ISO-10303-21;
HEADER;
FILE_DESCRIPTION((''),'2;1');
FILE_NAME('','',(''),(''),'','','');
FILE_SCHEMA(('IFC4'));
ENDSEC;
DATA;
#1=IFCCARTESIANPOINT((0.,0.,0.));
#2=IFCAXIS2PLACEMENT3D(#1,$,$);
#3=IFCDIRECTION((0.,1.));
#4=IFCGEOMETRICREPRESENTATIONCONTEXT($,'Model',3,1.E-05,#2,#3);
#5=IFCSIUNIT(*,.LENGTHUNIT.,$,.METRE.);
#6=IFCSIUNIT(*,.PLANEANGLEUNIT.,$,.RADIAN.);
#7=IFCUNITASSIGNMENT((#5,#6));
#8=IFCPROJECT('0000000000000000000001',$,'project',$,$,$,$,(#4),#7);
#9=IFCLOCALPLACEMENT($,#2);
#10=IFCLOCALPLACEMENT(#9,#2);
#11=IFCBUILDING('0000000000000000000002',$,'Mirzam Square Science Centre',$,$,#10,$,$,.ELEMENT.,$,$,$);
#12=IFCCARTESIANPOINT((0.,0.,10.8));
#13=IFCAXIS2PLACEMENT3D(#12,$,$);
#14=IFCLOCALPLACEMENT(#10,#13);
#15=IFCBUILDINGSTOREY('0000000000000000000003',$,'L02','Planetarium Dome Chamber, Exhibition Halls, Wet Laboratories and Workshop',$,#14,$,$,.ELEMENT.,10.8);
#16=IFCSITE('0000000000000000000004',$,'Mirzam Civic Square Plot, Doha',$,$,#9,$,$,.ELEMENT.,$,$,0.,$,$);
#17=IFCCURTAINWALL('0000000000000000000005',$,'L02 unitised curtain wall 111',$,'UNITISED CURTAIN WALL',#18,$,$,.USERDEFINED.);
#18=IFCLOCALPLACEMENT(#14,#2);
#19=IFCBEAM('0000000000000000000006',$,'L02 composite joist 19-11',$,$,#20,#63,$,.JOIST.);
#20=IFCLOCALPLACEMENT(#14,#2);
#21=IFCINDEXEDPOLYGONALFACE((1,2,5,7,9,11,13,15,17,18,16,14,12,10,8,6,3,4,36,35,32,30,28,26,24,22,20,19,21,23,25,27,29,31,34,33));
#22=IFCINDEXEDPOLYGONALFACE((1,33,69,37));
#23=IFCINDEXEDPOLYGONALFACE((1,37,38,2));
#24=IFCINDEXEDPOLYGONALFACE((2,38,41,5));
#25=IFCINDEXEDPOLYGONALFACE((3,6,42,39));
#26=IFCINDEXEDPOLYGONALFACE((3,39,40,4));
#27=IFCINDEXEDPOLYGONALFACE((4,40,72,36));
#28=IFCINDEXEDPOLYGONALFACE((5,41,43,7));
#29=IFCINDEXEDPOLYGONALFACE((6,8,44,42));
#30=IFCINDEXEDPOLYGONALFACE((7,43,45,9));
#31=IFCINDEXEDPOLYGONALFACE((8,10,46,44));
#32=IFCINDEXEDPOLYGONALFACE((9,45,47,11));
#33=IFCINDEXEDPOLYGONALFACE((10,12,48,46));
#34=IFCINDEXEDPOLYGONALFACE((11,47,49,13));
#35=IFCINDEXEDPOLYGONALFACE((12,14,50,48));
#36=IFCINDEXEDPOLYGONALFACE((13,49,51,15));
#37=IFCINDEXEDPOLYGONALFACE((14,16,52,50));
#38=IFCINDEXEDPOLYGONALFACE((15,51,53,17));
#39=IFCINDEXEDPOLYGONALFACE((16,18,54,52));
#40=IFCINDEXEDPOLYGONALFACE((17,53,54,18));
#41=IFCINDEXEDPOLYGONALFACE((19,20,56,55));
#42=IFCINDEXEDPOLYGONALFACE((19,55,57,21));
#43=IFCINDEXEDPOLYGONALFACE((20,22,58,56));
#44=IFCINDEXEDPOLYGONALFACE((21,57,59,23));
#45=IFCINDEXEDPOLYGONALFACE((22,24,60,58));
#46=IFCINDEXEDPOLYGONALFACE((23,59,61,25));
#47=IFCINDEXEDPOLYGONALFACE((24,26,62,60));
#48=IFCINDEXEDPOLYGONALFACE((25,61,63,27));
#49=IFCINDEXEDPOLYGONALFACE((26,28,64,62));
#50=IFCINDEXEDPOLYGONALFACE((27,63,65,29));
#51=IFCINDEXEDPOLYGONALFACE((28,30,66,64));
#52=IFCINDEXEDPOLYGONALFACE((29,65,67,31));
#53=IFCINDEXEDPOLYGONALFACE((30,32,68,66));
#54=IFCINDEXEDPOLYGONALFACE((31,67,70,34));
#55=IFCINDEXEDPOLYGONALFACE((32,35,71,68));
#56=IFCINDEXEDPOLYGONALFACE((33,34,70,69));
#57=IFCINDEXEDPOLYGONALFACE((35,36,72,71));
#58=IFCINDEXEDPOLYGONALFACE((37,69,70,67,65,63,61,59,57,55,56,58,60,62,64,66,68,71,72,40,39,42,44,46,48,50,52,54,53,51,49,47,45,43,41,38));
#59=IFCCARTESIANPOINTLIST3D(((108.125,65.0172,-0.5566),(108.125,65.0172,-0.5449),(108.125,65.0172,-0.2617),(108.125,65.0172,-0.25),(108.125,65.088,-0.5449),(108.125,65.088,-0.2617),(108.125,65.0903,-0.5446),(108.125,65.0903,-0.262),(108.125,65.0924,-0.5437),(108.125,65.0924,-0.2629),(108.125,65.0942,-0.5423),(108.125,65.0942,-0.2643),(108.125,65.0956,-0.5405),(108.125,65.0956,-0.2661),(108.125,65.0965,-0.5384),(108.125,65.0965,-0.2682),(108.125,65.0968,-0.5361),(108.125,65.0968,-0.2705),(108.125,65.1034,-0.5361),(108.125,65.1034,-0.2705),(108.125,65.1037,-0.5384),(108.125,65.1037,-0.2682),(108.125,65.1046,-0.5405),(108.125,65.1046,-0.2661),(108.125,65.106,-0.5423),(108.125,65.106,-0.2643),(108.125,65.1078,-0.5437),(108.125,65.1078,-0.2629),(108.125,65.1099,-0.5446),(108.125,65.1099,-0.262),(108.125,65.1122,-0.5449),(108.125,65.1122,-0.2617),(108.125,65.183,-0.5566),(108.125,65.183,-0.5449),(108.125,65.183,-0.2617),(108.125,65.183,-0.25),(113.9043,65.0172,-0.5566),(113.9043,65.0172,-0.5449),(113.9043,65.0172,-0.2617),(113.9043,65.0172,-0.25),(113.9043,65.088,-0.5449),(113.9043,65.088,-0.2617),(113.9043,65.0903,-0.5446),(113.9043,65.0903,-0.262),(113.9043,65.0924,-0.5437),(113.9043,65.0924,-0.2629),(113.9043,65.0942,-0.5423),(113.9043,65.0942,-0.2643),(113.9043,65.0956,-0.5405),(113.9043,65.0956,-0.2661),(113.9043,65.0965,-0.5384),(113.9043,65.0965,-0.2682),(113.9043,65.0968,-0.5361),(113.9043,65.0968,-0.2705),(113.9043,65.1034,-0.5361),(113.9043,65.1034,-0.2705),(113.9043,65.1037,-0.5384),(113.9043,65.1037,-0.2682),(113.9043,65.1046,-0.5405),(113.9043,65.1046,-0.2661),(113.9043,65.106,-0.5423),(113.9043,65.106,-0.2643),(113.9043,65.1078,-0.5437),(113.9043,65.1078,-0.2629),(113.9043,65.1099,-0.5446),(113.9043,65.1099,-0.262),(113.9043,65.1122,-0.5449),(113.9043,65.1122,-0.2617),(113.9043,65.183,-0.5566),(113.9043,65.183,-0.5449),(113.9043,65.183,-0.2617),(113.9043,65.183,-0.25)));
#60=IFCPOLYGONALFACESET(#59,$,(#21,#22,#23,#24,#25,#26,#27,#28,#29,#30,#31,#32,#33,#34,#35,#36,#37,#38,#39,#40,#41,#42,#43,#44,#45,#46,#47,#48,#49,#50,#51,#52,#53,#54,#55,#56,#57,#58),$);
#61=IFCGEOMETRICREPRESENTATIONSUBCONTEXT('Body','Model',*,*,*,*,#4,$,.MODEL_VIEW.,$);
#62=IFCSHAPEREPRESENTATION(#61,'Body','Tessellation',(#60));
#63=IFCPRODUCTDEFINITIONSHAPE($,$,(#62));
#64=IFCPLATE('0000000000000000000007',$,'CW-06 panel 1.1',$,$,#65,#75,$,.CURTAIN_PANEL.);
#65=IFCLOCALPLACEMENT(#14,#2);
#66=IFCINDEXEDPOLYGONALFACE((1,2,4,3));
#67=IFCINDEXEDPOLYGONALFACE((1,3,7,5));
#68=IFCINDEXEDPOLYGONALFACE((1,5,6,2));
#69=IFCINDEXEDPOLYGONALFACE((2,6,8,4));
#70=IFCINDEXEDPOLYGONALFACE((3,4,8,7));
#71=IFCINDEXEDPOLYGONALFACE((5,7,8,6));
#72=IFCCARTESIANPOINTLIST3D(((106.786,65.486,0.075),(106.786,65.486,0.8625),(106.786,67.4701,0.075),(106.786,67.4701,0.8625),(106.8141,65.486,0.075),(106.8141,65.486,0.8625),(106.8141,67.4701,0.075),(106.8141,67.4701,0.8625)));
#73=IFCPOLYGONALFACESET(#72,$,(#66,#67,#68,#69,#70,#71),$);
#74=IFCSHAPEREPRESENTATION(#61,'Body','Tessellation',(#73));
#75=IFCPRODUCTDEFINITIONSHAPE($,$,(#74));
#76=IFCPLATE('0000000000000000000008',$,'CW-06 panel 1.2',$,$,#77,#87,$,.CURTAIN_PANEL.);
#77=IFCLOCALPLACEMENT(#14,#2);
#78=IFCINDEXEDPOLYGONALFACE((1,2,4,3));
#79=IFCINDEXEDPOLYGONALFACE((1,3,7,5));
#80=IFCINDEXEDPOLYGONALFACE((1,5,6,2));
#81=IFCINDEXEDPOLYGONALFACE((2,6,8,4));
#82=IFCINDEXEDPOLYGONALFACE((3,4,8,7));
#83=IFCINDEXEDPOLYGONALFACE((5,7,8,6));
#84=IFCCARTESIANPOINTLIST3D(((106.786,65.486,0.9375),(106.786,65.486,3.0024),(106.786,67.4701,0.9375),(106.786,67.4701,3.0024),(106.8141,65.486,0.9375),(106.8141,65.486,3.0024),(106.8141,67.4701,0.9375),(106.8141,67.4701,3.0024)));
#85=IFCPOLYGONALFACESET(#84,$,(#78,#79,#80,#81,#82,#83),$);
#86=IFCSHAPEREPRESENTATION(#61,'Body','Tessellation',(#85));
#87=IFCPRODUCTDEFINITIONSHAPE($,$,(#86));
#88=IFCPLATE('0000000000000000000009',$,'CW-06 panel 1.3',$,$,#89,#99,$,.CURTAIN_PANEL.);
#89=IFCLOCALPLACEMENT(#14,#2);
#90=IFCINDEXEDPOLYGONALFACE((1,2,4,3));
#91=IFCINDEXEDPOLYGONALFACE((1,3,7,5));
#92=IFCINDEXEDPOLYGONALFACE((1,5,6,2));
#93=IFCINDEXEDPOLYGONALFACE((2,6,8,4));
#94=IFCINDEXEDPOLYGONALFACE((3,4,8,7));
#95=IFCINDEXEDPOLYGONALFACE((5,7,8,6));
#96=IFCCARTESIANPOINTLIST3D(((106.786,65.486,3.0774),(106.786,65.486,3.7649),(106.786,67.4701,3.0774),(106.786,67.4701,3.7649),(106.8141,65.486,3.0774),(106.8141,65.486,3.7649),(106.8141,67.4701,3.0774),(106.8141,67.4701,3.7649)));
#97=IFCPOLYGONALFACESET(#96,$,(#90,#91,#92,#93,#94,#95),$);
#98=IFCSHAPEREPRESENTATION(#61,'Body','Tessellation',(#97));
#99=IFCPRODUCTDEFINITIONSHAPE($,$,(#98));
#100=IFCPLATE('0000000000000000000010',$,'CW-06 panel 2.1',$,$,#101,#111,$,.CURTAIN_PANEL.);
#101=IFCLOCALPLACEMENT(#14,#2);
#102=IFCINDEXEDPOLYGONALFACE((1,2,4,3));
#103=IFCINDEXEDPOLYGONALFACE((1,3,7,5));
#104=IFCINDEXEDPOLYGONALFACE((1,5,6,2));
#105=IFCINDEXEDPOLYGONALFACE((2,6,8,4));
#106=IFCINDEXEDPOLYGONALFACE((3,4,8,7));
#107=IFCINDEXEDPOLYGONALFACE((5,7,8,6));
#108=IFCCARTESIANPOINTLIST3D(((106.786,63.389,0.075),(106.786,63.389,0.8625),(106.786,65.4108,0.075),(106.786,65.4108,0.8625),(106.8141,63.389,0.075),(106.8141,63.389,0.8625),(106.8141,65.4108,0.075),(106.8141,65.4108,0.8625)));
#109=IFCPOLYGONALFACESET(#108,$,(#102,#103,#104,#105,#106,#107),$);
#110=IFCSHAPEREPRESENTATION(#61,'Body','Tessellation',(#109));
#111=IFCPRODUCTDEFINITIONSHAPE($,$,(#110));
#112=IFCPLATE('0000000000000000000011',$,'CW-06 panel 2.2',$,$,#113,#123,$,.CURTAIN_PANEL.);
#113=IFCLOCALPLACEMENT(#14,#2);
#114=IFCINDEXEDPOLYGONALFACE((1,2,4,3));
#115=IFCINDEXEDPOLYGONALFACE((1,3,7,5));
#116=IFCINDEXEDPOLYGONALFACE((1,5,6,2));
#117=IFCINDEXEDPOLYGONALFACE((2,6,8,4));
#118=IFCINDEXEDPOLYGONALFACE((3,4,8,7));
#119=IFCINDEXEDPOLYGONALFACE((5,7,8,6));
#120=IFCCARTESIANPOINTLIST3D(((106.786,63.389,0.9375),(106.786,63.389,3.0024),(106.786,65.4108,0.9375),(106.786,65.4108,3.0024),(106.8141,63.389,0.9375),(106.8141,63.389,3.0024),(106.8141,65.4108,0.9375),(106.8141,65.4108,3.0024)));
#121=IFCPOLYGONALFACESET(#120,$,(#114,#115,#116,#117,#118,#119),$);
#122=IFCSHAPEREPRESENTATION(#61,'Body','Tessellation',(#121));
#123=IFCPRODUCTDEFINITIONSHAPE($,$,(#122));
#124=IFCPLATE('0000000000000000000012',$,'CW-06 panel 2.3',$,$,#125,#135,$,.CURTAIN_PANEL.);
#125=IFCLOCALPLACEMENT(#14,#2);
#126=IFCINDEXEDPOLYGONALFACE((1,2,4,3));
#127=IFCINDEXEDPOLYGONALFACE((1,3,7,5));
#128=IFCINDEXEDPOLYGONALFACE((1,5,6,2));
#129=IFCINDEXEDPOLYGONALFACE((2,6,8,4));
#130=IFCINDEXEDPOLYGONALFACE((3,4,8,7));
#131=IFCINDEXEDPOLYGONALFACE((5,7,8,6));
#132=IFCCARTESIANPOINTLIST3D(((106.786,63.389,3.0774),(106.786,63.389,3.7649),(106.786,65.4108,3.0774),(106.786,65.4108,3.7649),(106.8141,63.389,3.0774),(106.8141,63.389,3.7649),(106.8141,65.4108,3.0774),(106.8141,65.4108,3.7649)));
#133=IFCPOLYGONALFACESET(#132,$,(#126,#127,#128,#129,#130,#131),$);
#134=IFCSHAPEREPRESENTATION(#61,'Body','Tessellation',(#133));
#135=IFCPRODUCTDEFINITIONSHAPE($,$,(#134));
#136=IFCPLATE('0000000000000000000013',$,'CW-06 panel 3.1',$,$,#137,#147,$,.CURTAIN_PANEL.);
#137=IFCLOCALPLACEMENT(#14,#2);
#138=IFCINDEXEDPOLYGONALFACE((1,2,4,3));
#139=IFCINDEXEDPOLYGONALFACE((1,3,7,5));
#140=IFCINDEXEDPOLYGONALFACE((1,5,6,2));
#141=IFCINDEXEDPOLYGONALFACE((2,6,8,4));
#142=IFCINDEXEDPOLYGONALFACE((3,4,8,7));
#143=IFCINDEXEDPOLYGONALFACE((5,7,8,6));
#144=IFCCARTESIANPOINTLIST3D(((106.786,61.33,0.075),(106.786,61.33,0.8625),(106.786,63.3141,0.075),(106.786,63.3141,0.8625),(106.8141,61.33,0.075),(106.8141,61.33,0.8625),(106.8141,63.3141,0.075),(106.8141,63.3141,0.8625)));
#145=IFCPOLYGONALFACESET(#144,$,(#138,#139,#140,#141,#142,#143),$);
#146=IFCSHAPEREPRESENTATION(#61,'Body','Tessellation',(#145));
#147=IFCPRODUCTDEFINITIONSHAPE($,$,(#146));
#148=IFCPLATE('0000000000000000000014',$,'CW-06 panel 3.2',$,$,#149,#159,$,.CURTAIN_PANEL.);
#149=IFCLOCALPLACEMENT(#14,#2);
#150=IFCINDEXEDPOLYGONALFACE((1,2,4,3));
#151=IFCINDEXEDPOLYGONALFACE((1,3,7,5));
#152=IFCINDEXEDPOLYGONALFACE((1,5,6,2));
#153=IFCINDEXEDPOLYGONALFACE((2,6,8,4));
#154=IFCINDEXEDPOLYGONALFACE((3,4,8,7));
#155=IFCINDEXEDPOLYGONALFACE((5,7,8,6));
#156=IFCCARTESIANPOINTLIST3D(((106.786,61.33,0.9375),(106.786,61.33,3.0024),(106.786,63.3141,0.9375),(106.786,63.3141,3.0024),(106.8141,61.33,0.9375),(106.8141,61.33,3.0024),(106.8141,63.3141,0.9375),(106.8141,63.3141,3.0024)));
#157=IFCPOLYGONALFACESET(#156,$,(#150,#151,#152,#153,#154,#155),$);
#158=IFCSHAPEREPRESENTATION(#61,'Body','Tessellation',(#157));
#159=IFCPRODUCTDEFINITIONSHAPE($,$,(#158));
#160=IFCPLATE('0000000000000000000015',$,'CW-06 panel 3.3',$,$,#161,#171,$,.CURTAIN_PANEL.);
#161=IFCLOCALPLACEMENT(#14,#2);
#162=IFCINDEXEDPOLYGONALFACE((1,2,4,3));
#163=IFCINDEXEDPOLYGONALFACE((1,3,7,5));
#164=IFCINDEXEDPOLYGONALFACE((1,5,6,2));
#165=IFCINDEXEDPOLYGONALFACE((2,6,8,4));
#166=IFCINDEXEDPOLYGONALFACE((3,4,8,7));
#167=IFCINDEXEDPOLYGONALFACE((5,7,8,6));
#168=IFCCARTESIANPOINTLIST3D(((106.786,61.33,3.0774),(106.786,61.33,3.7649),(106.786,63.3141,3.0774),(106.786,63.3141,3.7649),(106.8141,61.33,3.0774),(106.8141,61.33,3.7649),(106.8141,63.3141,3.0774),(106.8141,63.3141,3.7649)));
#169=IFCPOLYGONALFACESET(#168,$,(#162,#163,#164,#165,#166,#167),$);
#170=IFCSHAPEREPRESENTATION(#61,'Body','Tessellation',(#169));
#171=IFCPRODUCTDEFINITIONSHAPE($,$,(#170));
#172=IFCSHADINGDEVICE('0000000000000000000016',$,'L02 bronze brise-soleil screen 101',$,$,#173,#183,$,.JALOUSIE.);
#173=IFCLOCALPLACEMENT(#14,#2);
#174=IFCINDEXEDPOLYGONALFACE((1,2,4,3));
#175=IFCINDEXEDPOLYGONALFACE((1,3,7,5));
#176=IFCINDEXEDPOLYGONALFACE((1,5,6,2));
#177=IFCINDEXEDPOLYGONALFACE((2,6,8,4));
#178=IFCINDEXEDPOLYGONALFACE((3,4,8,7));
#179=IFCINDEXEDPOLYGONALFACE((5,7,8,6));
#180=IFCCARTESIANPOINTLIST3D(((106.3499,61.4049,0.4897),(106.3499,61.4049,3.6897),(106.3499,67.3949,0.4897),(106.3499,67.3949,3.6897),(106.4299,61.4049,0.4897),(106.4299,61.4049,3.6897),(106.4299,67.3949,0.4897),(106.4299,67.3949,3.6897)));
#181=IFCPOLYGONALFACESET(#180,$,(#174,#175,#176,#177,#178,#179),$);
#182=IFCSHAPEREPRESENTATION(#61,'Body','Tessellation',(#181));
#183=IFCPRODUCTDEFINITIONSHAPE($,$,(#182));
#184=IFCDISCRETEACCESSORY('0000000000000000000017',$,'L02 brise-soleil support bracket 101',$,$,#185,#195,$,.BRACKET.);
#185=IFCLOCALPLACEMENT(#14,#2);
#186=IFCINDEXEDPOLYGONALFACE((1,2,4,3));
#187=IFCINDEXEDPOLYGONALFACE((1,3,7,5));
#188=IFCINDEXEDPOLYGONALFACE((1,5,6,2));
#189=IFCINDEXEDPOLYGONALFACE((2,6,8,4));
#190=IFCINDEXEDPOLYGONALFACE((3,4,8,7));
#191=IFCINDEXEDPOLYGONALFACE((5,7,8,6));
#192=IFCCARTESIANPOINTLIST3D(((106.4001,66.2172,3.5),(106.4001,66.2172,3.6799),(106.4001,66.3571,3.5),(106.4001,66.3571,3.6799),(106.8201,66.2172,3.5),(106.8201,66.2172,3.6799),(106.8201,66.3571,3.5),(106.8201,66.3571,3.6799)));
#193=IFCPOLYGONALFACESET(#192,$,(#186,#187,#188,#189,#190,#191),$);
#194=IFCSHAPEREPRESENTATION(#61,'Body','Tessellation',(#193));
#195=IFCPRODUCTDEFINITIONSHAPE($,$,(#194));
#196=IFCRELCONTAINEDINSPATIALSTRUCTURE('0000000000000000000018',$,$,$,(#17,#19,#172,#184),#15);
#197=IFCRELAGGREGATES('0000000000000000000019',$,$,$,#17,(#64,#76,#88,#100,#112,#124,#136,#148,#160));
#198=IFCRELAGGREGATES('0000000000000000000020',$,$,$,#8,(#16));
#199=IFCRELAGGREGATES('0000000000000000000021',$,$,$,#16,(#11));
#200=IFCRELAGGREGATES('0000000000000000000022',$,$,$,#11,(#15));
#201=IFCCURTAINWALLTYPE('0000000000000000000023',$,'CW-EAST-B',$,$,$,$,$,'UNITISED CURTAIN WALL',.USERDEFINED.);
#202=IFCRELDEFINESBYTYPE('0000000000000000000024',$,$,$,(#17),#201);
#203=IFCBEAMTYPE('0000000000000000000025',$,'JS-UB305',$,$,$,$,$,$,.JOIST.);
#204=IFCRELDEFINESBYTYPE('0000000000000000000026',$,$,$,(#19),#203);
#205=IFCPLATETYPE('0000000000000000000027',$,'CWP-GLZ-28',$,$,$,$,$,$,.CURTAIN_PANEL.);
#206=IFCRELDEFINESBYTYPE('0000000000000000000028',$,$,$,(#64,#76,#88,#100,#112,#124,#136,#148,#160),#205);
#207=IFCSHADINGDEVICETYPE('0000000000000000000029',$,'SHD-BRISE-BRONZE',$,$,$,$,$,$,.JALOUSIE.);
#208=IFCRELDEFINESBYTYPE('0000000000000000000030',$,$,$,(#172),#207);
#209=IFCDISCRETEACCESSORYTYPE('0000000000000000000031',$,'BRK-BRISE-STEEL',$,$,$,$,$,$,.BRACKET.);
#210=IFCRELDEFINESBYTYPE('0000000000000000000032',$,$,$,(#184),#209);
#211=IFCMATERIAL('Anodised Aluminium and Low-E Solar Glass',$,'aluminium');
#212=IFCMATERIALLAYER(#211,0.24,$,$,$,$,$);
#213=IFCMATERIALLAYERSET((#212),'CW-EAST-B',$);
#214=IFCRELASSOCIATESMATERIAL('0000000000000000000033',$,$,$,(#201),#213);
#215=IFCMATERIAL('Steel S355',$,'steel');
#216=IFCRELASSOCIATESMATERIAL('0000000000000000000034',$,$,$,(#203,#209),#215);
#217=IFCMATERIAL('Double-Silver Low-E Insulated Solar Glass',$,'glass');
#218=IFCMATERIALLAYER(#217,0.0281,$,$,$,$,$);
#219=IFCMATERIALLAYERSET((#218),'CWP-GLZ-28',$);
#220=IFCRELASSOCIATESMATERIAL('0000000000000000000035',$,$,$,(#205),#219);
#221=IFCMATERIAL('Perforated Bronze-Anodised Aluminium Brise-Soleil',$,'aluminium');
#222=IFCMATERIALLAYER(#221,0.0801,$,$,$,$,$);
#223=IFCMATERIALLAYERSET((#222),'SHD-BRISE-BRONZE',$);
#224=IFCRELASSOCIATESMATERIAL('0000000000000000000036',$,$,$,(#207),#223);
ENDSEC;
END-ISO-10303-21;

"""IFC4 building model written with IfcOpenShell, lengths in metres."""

from ifc_helpers import new_model, si_unit, direction, frame, origin, origin_2d, place, context, subcontext, project, spatial, rectangle, i_section, extrude, material, layer, layer_set, material_profile, profile_set, type_object, element, aggregate, save


model = new_model("IFC4")

# Units and contexts
model_context = context("Model", 3, precision=1e-05, world=origin(), true_north=direction((0.0, 1.0)))
body_context = subcontext(model_context, "Body", "Model", "MODEL_VIEW")
ifc_project = project(units=[si_unit("LENGTHUNIT", "METRE"), si_unit("PLANEANGLEUNIT", "RADIAN")], contexts=[model_context])

# Site, building, storey
site_placement = place(None, origin())
site = spatial("IfcSite", under=ifc_project, at=site_placement, Name="Mirzam Civic Square Plot, Doha", CompositionType="ELEMENT", RefElevation=0.0)
building_placement = place(site_placement, origin())
building = spatial("IfcBuilding", under=site, at=building_placement, Name="Mirzam Square Science Centre", CompositionType="ELEMENT")
storey_placement = place(building_placement, frame((0.0, 0.0, 10.8)))
storey = spatial("IfcBuildingStorey", under=building, at=storey_placement, Name="L02", Description="Planetarium Dome Chamber, Exhibition Halls, Wet Laboratories and Workshop", CompositionType="ELEMENT", Elevation=10.8)

# Shared definitions
ifc_material_1 = material(Name="Steel S355", Category="steel")

# Curtain wall
ifc_material_2 = material(Name="Anodised Aluminium and Low-E Solar Glass", Category="aluminium")
ifc_layer_1 = layer(ifc_material_2, 0.24)
ifc_layer_set_1 = layer_set([ifc_layer_1], Name="CW-EAST-B")
curtain_wall_type = type_object("IfcCurtainWallType", Name="CW-EAST-B", ElementType="UNITISED CURTAIN WALL", PredefinedType="USERDEFINED", material=ifc_layer_set_1)
curtain_wall_placement = place(storey_placement, origin())
curtain_wall = element("IfcCurtainWall", 1, at=curtain_wall_placement, inside=storey, type_object=curtain_wall_type, Name="L02 unitised curtain wall 111", ObjectType="UNITISED CURTAIN WALL", PredefinedType="USERDEFINED")

# Beam
ifc_material_profile_1 = material_profile(ifc_material_1, i_section(OverallWidth=0.1658, OverallDepth=0.3066, WebThickness=0.0066, FlangeThickness=0.0117, FilletRadius=0.0088, at=origin_2d()), Name="305x165x46UB")
ifc_profile_set_1 = profile_set([ifc_material_profile_1], Name="Steel S355")
beam_type_1 = type_object("IfcBeamType", Name="JS-UB305", PredefinedType="JOIST", material=ifc_profile_set_1)
beam_1_placement = place(storey_placement, frame((108.125, 65.1001, -0.4033), z_axis=(1.0, 0.0, 0.0), x_axis=(0.0, 1.0, 0.0)))
element("IfcBeam", 2, at=beam_1_placement, inside=storey, type_object=beam_type_1, Name="L02 composite joist 19-11", PredefinedType="JOIST", context=body_context, shape_type="SweptSolid", body=[
    extrude(i_section(OverallWidth=0.1658, OverallDepth=0.3066, WebThickness=0.0066, FlangeThickness=0.0117, FilletRadius=0.0088, at=origin_2d()), origin(), (0.0, 0.0, 1.0), 5.7793),
])

# Plates
ifc_material_3 = material(Name="Double-Silver Low-E Insulated Solar Glass", Category="glass")
ifc_layer_2 = layer(ifc_material_3, 0.0281)
ifc_layer_set_2 = layer_set([ifc_layer_2], Name="CWP-GLZ-28")
plate_type = type_object("IfcPlateType", Name="CWP-GLZ-28", PredefinedType="CURTAIN_PANEL", material=ifc_layer_set_2)
plate_1_placement = place(storey_placement, frame((106.8, 66.478, 0.075), z_axis=(0.0, 0.0, 1.0), x_axis=(0.0, -1.0, 0.0)))
plate_1 = element("IfcPlate", 3, at=plate_1_placement, type_object=plate_type, Name="CW-06 panel 1.1", PredefinedType="CURTAIN_PANEL", context=body_context, shape_type="SweptSolid", body=[
    extrude(rectangle(XDim=1.9841, YDim=0.0281, at=origin_2d()), origin(), (0.0, 0.0, 1.0), 0.7876),
])
plate_2_placement = place(storey_placement, frame((106.8, 66.478, 0.9375), z_axis=(0.0, 0.0, 1.0), x_axis=(0.0, -1.0, 0.0)))
plate_2 = element("IfcPlate", 4, at=plate_2_placement, type_object=plate_type, Name="CW-06 panel 1.2", PredefinedType="CURTAIN_PANEL", context=body_context, shape_type="SweptSolid", body=[
    extrude(rectangle(XDim=1.9841, YDim=0.0281, at=origin_2d()), origin(), (0.0, 0.0, 1.0), 2.0649),
])
plate_3_placement = place(storey_placement, frame((106.8, 66.478, 3.0774), z_axis=(0.0, 0.0, 1.0), x_axis=(0.0, -1.0, 0.0)))
plate_3 = element("IfcPlate", 5, at=plate_3_placement, type_object=plate_type, Name="CW-06 panel 1.3", PredefinedType="CURTAIN_PANEL", context=body_context, shape_type="SweptSolid", body=[
    extrude(rectangle(XDim=1.9841, YDim=0.0281, at=origin_2d()), origin(), (0.0, 0.0, 1.0), 0.6875),
])
plate_4_placement = place(storey_placement, frame((106.8, 64.3999, 0.075), z_axis=(0.0, 0.0, 1.0), x_axis=(0.0, -1.0, 0.0)))
plate_4 = element("IfcPlate", 6, at=plate_4_placement, type_object=plate_type, Name="CW-06 panel 2.1", PredefinedType="CURTAIN_PANEL", context=body_context, shape_type="SweptSolid", body=[
    extrude(rectangle(XDim=2.0217, YDim=0.0281, at=origin_2d()), origin(), (0.0, 0.0, 1.0), 0.7876),
])
plate_5_placement = place(storey_placement, frame((106.8, 64.3999, 0.9375), z_axis=(0.0, 0.0, 1.0), x_axis=(0.0, -1.0, 0.0)))
plate_5 = element("IfcPlate", 7, at=plate_5_placement, type_object=plate_type, Name="CW-06 panel 2.2", PredefinedType="CURTAIN_PANEL", context=body_context, shape_type="SweptSolid", body=[
    extrude(rectangle(XDim=2.0217, YDim=0.0281, at=origin_2d()), origin(), (0.0, 0.0, 1.0), 2.0649),
])
plate_6_placement = place(storey_placement, frame((106.8, 64.3999, 3.0774), z_axis=(0.0, 0.0, 1.0), x_axis=(0.0, -1.0, 0.0)))
plate_6 = element("IfcPlate", 8, at=plate_6_placement, type_object=plate_type, Name="CW-06 panel 2.3", PredefinedType="CURTAIN_PANEL", context=body_context, shape_type="SweptSolid", body=[
    extrude(rectangle(XDim=2.0217, YDim=0.0281, at=origin_2d()), origin(), (0.0, 0.0, 1.0), 0.6875),
])
plate_7_placement = place(storey_placement, frame((106.8, 62.322, 0.075), z_axis=(0.0, 0.0, 1.0), x_axis=(0.0, -1.0, 0.0)))
plate_7 = element("IfcPlate", 9, at=plate_7_placement, type_object=plate_type, Name="CW-06 panel 3.1", PredefinedType="CURTAIN_PANEL", context=body_context, shape_type="SweptSolid", body=[
    extrude(rectangle(XDim=1.9841, YDim=0.0281, at=origin_2d()), origin(), (0.0, 0.0, 1.0), 0.7876),
])
plate_8_placement = place(storey_placement, frame((106.8, 62.322, 0.9375), z_axis=(0.0, 0.0, 1.0), x_axis=(0.0, -1.0, 0.0)))
plate_8 = element("IfcPlate", 10, at=plate_8_placement, type_object=plate_type, Name="CW-06 panel 3.2", PredefinedType="CURTAIN_PANEL", context=body_context, shape_type="SweptSolid", body=[
    extrude(rectangle(XDim=1.9841, YDim=0.0281, at=origin_2d()), origin(), (0.0, 0.0, 1.0), 2.0649),
])
plate_9_placement = place(storey_placement, frame((106.8, 62.322, 3.0774), z_axis=(0.0, 0.0, 1.0), x_axis=(0.0, -1.0, 0.0)))
plate_9 = element("IfcPlate", 11, at=plate_9_placement, type_object=plate_type, Name="CW-06 panel 3.3", PredefinedType="CURTAIN_PANEL", context=body_context, shape_type="SweptSolid", body=[
    extrude(rectangle(XDim=1.9841, YDim=0.0281, at=origin_2d()), origin(), (0.0, 0.0, 1.0), 0.6875),
])
aggregate(curtain_wall, [plate_1, plate_2, plate_3, plate_4, plate_5, plate_6, plate_7, plate_8, plate_9])

# Shading device
ifc_material_4 = material(Name="Perforated Bronze-Anodised Aluminium Brise-Soleil", Category="aluminium")
ifc_layer_3 = layer(ifc_material_4, 0.0801)
ifc_layer_set_3 = layer_set([ifc_layer_3], Name="SHD-BRISE-BRONZE")
shading_device_type = type_object("IfcShadingDeviceType", Name="SHD-BRISE-BRONZE", PredefinedType="JALOUSIE", material=ifc_layer_set_3)
shading_device_placement = place(storey_placement, frame((106.3899, 64.3999, 0.4897), z_axis=(0.0, 0.0, 1.0), x_axis=(0.0, -1.0, 0.0)))
element("IfcShadingDevice", 12, at=shading_device_placement, inside=storey, type_object=shading_device_type, Name="L02 bronze brise-soleil screen 101", PredefinedType="JALOUSIE", context=body_context, shape_type="SweptSolid", body=[
    extrude(rectangle(XDim=5.99, YDim=0.0801, at=origin_2d()), origin(), (0.0, 0.0, 1.0), 3.2),
])

# Discrete accessory
discrete_accessory_type = type_object("IfcDiscreteAccessoryType", Name="BRK-BRISE-STEEL", PredefinedType="BRACKET", material=ifc_material_1)
for number, where, z_axis, x_axis, name in (
    (13, (106.6101, 66.2871, 3.5), (0.0, 0.0, 1.0), (0.0, -1.0, 0.0), "L02 brise-soleil support bracket 101"),
):
    element("IfcDiscreteAccessory", number, at=place(storey_placement, frame(where, z_axis=z_axis, x_axis=x_axis)), inside=storey, type_object=discrete_accessory_type, Name=name, PredefinedType="BRACKET", context=body_context, shape_type="SweptSolid", body=[
        extrude(rectangle(XDim=0.1399, YDim=0.4199, at=origin_2d()), origin(), (0.0, 0.0, 1.0), 0.1799),
    ])

save(model, "model.ifc")
